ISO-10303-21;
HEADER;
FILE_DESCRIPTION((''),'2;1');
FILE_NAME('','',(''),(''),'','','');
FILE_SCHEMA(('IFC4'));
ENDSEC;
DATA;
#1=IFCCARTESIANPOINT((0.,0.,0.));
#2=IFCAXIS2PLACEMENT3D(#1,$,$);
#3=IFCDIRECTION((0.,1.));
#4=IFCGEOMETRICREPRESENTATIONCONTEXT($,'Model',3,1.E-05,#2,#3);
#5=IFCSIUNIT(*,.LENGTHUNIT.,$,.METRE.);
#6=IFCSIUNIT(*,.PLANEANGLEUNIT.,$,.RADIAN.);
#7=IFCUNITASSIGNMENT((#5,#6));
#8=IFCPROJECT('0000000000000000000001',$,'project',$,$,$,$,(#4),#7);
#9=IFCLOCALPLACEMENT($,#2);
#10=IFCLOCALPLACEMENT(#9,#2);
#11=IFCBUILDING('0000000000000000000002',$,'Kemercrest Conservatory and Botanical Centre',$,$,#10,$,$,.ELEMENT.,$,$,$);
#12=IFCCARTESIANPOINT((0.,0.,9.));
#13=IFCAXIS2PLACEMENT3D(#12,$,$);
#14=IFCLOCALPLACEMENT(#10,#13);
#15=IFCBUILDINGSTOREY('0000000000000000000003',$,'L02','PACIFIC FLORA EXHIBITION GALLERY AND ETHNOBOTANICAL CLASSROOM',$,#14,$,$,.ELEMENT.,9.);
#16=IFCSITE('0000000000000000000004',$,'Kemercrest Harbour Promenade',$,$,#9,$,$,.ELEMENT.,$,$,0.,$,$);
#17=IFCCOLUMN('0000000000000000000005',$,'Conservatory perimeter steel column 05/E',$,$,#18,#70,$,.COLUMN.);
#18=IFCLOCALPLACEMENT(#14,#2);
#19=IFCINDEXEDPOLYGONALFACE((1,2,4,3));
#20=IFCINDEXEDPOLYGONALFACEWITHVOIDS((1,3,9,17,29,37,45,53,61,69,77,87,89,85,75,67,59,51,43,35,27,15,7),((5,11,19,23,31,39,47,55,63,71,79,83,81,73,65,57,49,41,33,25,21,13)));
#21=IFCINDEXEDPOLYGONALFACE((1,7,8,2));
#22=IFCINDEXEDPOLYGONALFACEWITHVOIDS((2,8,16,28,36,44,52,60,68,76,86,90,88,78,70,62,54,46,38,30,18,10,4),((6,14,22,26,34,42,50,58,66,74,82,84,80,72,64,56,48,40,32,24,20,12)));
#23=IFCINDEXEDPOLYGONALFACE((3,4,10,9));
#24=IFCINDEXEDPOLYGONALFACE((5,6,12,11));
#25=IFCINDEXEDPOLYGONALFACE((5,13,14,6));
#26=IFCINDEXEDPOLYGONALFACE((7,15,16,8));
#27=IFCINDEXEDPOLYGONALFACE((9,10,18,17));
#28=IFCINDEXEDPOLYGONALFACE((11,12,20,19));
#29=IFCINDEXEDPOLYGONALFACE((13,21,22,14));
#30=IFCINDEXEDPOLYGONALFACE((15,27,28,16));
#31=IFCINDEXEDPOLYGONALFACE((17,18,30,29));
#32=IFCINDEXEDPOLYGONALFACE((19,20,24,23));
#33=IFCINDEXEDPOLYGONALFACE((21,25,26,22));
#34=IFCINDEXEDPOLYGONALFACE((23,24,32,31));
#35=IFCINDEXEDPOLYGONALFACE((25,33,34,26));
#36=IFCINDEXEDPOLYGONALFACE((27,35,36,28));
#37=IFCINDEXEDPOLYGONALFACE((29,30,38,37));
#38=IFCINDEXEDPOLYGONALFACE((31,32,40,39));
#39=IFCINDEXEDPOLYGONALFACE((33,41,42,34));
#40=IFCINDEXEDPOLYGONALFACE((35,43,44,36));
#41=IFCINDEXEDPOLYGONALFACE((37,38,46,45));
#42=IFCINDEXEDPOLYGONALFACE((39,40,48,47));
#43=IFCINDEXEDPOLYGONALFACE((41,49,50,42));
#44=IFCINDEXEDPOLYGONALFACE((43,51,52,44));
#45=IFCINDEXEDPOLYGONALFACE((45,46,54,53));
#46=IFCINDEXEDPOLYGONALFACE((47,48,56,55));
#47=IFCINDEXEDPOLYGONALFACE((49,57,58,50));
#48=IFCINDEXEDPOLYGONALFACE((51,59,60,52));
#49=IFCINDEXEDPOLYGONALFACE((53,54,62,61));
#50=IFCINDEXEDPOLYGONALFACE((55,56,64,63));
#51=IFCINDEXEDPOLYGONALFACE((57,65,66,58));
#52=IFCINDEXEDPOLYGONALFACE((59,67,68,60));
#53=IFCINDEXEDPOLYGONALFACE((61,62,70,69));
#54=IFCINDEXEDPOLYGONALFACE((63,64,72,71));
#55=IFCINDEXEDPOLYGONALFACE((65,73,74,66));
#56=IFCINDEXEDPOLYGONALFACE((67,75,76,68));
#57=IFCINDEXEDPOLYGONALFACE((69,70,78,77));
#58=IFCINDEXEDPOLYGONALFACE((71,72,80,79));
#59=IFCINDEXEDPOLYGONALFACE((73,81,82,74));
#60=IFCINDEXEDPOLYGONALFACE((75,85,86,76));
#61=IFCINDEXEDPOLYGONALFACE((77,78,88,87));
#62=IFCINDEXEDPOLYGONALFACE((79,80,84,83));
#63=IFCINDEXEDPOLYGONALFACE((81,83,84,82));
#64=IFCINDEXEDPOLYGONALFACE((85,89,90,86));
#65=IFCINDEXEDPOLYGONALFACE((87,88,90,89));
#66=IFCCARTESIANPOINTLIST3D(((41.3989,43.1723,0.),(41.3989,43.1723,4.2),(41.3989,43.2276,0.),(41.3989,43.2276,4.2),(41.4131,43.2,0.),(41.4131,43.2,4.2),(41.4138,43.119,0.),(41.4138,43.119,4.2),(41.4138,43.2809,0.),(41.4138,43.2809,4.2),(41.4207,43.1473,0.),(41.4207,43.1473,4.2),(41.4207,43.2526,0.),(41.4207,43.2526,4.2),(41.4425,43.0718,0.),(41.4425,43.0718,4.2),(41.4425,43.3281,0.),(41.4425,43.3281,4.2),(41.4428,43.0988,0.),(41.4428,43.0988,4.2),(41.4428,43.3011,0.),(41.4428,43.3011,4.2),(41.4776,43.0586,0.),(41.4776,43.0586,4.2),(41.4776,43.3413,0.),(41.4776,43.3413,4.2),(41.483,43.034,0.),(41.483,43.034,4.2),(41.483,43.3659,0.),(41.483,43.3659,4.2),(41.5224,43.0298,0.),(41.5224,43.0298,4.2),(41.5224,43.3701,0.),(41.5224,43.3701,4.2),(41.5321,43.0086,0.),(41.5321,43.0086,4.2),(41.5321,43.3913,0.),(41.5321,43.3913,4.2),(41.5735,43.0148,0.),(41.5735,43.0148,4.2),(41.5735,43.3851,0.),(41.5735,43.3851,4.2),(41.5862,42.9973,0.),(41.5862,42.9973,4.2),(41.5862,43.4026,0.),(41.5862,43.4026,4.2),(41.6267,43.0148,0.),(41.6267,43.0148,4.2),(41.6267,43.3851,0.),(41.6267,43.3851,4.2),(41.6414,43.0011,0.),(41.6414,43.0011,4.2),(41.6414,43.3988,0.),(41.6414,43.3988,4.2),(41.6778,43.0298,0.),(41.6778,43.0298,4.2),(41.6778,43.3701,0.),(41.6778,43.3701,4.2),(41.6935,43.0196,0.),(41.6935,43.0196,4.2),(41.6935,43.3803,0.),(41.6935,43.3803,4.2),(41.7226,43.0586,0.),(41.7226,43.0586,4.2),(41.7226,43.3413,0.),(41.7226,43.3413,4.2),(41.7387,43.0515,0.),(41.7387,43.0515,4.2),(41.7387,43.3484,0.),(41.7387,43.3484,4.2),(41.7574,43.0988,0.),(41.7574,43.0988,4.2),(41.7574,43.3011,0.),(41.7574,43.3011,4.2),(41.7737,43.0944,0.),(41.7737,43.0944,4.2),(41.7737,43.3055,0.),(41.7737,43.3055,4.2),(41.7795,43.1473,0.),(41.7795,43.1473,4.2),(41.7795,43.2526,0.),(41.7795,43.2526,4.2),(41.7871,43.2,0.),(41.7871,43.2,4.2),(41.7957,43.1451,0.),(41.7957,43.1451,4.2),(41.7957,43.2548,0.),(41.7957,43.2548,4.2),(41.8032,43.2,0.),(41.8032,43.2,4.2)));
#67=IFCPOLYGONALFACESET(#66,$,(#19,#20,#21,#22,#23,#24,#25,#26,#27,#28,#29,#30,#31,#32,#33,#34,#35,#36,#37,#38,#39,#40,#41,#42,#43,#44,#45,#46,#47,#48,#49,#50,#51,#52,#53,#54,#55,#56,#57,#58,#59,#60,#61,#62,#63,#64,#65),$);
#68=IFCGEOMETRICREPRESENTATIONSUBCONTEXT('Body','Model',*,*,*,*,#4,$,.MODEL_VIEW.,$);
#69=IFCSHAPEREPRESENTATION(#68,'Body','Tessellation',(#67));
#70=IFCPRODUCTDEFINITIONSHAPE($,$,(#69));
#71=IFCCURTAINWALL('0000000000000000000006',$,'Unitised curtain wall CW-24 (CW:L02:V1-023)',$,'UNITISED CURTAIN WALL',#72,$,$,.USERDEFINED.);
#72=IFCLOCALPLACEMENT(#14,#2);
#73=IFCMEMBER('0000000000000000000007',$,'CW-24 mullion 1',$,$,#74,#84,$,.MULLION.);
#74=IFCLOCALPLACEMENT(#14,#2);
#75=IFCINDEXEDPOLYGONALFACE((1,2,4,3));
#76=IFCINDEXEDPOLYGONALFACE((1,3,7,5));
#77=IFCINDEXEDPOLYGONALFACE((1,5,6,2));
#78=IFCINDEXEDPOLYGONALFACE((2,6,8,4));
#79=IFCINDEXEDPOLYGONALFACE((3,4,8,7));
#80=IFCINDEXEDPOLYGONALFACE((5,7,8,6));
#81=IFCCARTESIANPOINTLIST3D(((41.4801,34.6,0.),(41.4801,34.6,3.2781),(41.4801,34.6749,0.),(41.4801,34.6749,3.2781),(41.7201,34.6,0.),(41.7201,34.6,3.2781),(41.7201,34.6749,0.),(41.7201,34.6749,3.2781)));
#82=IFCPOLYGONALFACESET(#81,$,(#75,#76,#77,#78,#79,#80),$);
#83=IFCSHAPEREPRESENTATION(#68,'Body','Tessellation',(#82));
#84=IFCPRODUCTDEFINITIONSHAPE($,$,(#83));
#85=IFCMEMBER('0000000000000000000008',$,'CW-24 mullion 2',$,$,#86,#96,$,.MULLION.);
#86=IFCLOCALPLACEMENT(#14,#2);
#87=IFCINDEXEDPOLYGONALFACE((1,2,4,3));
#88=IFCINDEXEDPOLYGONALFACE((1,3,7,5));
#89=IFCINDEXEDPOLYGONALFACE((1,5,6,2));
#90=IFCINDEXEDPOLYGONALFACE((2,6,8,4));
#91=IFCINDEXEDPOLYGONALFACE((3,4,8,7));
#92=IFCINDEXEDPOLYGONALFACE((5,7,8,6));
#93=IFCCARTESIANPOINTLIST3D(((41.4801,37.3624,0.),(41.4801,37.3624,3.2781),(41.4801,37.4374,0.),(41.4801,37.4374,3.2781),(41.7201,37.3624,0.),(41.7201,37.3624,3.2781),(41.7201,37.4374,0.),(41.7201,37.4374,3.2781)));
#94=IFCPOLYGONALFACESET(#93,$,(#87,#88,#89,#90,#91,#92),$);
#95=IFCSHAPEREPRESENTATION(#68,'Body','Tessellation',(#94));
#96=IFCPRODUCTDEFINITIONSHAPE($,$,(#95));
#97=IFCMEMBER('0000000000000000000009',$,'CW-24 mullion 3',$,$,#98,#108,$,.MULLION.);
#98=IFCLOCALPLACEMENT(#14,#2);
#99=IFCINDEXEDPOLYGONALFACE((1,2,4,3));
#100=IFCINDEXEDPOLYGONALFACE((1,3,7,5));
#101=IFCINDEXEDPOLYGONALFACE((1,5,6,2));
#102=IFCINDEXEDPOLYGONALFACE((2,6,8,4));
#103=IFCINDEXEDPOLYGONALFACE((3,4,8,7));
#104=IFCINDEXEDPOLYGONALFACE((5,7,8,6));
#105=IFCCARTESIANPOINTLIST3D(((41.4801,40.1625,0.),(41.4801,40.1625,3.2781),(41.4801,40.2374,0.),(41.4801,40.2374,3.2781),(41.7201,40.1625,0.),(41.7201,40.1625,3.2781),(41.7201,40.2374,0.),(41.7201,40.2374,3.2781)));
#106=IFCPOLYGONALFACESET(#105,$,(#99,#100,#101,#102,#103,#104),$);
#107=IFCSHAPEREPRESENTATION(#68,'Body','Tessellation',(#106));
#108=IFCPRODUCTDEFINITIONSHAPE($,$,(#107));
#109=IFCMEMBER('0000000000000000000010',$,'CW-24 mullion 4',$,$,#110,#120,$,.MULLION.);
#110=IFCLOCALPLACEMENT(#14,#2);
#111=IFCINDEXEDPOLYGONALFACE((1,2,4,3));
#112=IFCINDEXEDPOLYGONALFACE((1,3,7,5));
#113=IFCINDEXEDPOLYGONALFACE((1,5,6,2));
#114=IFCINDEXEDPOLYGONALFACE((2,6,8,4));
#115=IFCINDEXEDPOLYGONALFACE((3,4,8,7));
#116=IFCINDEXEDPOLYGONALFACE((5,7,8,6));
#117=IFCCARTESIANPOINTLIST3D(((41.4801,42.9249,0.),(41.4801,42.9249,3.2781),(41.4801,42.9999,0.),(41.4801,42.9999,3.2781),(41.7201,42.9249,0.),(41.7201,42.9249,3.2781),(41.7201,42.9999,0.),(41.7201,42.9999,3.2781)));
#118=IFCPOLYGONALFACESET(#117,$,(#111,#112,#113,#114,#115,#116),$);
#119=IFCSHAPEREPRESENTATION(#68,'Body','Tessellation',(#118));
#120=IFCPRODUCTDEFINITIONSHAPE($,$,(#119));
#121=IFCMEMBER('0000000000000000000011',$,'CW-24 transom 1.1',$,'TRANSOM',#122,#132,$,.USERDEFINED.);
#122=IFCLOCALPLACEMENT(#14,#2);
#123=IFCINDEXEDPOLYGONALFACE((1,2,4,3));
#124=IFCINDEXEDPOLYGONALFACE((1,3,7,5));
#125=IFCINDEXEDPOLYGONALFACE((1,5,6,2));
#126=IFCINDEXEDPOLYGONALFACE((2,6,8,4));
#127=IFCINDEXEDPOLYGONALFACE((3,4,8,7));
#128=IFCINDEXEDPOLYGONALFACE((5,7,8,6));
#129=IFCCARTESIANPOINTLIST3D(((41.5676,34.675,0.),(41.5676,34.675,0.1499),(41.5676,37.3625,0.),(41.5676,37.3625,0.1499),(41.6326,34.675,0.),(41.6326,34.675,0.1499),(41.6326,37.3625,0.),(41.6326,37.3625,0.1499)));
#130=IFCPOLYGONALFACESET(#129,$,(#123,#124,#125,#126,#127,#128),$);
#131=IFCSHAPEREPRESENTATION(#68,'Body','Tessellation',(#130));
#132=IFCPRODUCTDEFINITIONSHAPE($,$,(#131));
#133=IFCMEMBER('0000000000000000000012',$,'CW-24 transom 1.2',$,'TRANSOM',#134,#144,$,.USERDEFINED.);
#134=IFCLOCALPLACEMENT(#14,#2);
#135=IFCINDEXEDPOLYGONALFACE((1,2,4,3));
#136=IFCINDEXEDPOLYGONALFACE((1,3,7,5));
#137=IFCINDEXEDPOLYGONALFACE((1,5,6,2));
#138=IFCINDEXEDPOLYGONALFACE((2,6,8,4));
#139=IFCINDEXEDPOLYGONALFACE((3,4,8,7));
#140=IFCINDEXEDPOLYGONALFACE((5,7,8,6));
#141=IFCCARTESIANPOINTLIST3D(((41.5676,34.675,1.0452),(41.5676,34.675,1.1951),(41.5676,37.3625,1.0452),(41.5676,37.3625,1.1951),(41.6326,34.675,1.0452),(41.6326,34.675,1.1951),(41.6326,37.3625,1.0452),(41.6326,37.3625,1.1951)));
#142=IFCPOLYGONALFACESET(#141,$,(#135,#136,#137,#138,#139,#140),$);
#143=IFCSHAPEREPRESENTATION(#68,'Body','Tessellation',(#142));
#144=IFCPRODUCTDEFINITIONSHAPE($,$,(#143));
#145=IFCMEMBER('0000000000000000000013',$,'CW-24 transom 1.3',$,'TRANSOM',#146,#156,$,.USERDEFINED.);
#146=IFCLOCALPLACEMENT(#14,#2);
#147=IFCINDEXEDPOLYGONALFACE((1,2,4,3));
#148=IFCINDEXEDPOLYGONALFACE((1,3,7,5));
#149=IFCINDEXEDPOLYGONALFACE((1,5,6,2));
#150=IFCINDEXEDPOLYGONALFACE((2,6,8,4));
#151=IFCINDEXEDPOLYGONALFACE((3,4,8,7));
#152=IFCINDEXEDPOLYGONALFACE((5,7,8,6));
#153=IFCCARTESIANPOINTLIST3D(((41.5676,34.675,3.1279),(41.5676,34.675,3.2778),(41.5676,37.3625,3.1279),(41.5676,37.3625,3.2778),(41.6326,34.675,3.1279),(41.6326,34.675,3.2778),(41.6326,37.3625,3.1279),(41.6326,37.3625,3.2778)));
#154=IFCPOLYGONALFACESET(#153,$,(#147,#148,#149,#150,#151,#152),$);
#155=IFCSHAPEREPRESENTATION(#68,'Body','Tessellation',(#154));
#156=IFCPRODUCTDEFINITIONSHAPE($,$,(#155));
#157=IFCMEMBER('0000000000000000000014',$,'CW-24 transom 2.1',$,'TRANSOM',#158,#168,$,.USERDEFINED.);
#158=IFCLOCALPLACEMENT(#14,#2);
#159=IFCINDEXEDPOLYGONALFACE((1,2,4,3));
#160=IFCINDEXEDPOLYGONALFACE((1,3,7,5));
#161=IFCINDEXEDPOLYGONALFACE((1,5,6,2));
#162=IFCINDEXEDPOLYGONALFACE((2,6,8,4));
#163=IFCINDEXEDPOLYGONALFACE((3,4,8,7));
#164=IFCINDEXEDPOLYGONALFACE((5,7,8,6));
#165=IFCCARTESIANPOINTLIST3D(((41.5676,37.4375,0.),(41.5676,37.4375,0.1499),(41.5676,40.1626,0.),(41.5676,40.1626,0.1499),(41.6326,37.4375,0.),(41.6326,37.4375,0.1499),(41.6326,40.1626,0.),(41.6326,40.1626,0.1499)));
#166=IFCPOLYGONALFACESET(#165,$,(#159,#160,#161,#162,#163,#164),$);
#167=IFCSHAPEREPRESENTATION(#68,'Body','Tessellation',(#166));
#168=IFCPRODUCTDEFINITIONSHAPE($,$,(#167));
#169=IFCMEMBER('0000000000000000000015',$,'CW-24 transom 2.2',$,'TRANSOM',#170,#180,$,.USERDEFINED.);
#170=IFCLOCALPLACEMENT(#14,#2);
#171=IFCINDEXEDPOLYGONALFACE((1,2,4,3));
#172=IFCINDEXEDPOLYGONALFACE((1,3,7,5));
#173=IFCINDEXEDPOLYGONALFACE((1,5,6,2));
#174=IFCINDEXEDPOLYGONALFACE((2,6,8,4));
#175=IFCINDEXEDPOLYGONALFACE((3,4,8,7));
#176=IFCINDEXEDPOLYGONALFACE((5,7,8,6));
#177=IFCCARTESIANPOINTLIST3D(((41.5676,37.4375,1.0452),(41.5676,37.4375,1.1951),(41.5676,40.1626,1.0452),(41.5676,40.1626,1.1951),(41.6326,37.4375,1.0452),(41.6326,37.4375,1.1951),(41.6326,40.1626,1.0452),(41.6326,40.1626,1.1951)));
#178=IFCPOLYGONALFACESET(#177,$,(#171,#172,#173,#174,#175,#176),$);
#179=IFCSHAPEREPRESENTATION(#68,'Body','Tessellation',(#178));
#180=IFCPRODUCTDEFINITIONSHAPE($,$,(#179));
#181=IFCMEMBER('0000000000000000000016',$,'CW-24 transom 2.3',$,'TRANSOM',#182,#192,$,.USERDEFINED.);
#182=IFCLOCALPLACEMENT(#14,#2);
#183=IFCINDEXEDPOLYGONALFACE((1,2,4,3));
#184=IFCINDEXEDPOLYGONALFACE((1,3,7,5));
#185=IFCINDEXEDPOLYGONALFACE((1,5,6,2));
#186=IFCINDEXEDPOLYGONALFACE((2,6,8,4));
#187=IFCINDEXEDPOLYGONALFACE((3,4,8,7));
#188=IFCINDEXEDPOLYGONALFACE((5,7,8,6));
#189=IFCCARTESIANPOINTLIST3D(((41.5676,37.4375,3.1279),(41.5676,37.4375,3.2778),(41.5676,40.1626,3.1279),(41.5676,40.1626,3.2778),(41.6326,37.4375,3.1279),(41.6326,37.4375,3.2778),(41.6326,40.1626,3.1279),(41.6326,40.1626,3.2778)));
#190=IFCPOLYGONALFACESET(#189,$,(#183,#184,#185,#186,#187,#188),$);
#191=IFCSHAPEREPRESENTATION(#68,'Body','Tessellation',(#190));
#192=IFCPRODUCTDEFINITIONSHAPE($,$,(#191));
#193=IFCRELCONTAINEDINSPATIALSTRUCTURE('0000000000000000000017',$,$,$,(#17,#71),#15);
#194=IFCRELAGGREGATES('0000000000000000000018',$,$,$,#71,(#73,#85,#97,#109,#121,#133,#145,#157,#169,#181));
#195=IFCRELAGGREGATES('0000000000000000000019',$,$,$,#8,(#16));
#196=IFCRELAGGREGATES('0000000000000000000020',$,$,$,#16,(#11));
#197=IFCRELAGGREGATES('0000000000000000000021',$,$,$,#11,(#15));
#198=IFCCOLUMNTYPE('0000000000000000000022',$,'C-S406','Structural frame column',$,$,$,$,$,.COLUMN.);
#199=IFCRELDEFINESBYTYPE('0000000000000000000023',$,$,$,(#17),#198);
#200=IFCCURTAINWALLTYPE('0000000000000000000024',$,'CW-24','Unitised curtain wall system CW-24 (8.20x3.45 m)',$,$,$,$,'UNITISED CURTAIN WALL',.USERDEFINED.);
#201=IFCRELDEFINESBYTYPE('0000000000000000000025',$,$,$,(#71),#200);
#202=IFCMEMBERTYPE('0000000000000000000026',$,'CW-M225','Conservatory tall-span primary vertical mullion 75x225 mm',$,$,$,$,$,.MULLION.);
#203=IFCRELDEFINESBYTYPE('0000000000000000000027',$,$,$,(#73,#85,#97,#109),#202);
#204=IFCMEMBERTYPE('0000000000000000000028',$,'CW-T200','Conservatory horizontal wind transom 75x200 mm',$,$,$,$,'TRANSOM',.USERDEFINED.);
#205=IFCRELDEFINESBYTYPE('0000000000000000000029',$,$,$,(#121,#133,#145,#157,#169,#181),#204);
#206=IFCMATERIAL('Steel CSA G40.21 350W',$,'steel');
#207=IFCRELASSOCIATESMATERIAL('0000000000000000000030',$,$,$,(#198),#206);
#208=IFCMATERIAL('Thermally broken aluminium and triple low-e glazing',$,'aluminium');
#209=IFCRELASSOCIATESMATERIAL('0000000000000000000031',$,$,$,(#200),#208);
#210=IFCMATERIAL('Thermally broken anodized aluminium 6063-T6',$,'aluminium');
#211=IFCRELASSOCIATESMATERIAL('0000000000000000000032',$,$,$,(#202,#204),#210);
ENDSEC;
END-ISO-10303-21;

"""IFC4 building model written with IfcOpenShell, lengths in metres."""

from ifc_helpers import new_model, si_unit, direction, frame, origin, origin_2d, place, context, subcontext, project, spatial, rectangle, hollow_circle, extrude, material, material_profile, profile_set, type_object, element, aggregate, save


model = new_model("IFC4")

# Units and contexts
model_context = context("Model", 3, precision=1e-05, world=origin(), true_north=direction((0.0, 1.0)))
body_context = subcontext(model_context, "Body", "Model", "MODEL_VIEW")
ifc_project = project(units=[si_unit("LENGTHUNIT", "METRE"), si_unit("PLANEANGLEUNIT", "RADIAN")], contexts=[model_context])

# Site, building, storey
site_placement = place(None, origin())
site = spatial("IfcSite", under=ifc_project, at=site_placement, Name="Kemercrest Harbour Promenade", CompositionType="ELEMENT", RefElevation=0.0)
building_placement = place(site_placement, origin())
building = spatial("IfcBuilding", under=site, at=building_placement, Name="Kemercrest Conservatory and Botanical Centre", CompositionType="ELEMENT")
storey_placement = place(building_placement, frame((0.0, 0.0, 9.0)))
storey = spatial("IfcBuildingStorey", under=building, at=storey_placement, Name="L02", Description="PACIFIC FLORA EXHIBITION GALLERY AND ETHNOBOTANICAL CLASSROOM", CompositionType="ELEMENT", Elevation=9.0)

# Column
ifc_material_1 = material(Name="Steel CSA G40.21 350W", Category="steel")
ifc_material_profile_1 = material_profile(ifc_material_1, hollow_circle(Radius=0.2031, WallThickness=0.0161, at=origin_2d()), Name="CHS 406.4x16.0")
ifc_profile_set_1 = profile_set([ifc_material_profile_1], Name="Steel CSA G40.21 350W")
column_type = type_object("IfcColumnType", Name="C-S406", Description="Structural frame column", PredefinedType="COLUMN", material=ifc_profile_set_1)
column_placement = place(storey_placement, frame((41.6001, 43.2, 0.0), z_axis=(0.0, 0.0, 1.0), x_axis=(1.0, 0.0, 0.0)))
element("IfcColumn", 1, at=column_placement, inside=storey, type_object=column_type, Name="Conservatory perimeter steel column 05/E", PredefinedType="COLUMN", context=body_context, shape_type="SweptSolid", body=[
    extrude(hollow_circle(Radius=0.2031, WallThickness=0.0161, at=origin_2d()), origin(), (0.0, 0.0, 1.0), 4.2),
])

# Curtain wall, members
ifc_material_2 = material(Name="Thermally broken aluminium and triple low-e glazing", Category="aluminium")
curtain_wall_type = type_object("IfcCurtainWallType", Name="CW-24", Description="Unitised curtain wall system CW-24 (8.20x3.45 m)", ElementType="UNITISED CURTAIN WALL", PredefinedType="USERDEFINED", material=ifc_material_2)
curtain_wall_placement = place(storey_placement, origin())
curtain_wall = element("IfcCurtainWall", 2, at=curtain_wall_placement, inside=storey, type_object=curtain_wall_type, Name="Unitised curtain wall CW-24 (CW:L02:V1-023)", ObjectType="UNITISED CURTAIN WALL", PredefinedType="USERDEFINED")
ifc_material_3 = material(Name="Thermally broken anodized aluminium 6063-T6", Category="aluminium")
ifc_material_profile_2 = material_profile(ifc_material_3, rectangle(XDim=0.24, YDim=0.075, at=origin_2d()), Name="AL MULLION 75x240")
ifc_profile_set_2 = profile_set([ifc_material_profile_2], Name="Thermally broken anodized aluminium 6063-T6")
member_type_1 = type_object("IfcMemberType", Name="CW-M225", Description="Conservatory tall-span primary vertical mullion 75x225 mm", PredefinedType="MULLION", material=ifc_profile_set_2)
member_1_placement = place(storey_placement, frame((41.6001, 34.6375, 0.0), z_axis=(0.0, 0.0, 1.0), x_axis=(-1.0, 0.0, 0.0)))
member_1 = element("IfcMember", 3, at=member_1_placement, type_object=member_type_1, Name="CW-24 mullion 1", PredefinedType="MULLION", context=body_context, shape_type="SweptSolid", body=[
    extrude(rectangle(XDim=0.24, YDim=0.075, at=origin_2d()), origin(), (0.0, 0.0, 1.0), 3.2781),
])
member_2_placement = place(storey_placement, frame((41.6001, 37.3999, 0.0), z_axis=(0.0, 0.0, 1.0), x_axis=(-1.0, 0.0, 0.0)))
member_2 = element("IfcMember", 4, at=member_2_placement, type_object=member_type_1, Name="CW-24 mullion 2", PredefinedType="MULLION", context=body_context, shape_type="SweptSolid", body=[
    extrude(rectangle(XDim=0.24, YDim=0.075, at=origin_2d()), origin(), (0.0, 0.0, 1.0), 3.2781),
])
member_3_placement = place(storey_placement, frame((41.6001, 40.2, 0.0), z_axis=(0.0, 0.0, 1.0), x_axis=(-1.0, 0.0, 0.0)))
member_3 = element("IfcMember", 5, at=member_3_placement, type_object=member_type_1, Name="CW-24 mullion 3", PredefinedType="MULLION", context=body_context, shape_type="SweptSolid", body=[
    extrude(rectangle(XDim=0.24, YDim=0.075, at=origin_2d()), origin(), (0.0, 0.0, 1.0), 3.2781),
])
member_4_placement = place(storey_placement, frame((41.6001, 42.9624, 0.0), z_axis=(0.0, 0.0, 1.0), x_axis=(-1.0, 0.0, 0.0)))
member_4 = element("IfcMember", 6, at=member_4_placement, type_object=member_type_1, Name="CW-24 mullion 4", PredefinedType="MULLION", context=body_context, shape_type="SweptSolid", body=[
    extrude(rectangle(XDim=0.24, YDim=0.075, at=origin_2d()), origin(), (0.0, 0.0, 1.0), 3.2781),
])
ifc_material_profile_3 = material_profile(ifc_material_3, rectangle(XDim=0.0649, YDim=0.1499, at=origin_2d()), Name="AL TRANSOM 65x150")
ifc_profile_set_3 = profile_set([ifc_material_profile_3], Name="Thermally broken anodized aluminium 6063-T6")
member_type_2 = type_object("IfcMemberType", Name="CW-T200", Description="Conservatory horizontal wind transom 75x200 mm", ElementType="TRANSOM", PredefinedType="USERDEFINED", material=ifc_profile_set_3)
member_5_placement = place(storey_placement, frame((41.6001, 34.675, 0.075), z_axis=(0.0, 1.0, 0.0), x_axis=(-1.0, 0.0, 0.0)))
member_5 = element("IfcMember", 7, at=member_5_placement, type_object=member_type_2, Name="CW-24 transom 1.1", ObjectType="TRANSOM", PredefinedType="USERDEFINED", context=body_context, shape_type="SweptSolid", body=[
    extrude(rectangle(XDim=0.0649, YDim=0.1499, at=origin_2d()), origin(), (0.0, 0.0, 1.0), 2.6875),
])
member_6_placement = place(storey_placement, frame((41.6001, 34.675, 1.1201), z_axis=(0.0, 1.0, 0.0), x_axis=(-1.0, 0.0, 0.0)))
member_6 = element("IfcMember", 8, at=member_6_placement, type_object=member_type_2, Name="CW-24 transom 1.2", ObjectType="TRANSOM", PredefinedType="USERDEFINED", context=body_context, shape_type="SweptSolid", body=[
    extrude(rectangle(XDim=0.0649, YDim=0.1499, at=origin_2d()), origin(), (0.0, 0.0, 1.0), 2.6875),
])
member_7_placement = place(storey_placement, frame((41.6001, 34.675, 3.2029), z_axis=(0.0, 1.0, 0.0), x_axis=(-1.0, 0.0, 0.0)))
member_7 = element("IfcMember", 9, at=member_7_placement, type_object=member_type_2, Name="CW-24 transom 1.3", ObjectType="TRANSOM", PredefinedType="USERDEFINED", context=body_context, shape_type="SweptSolid", body=[
    extrude(rectangle(XDim=0.0649, YDim=0.1499, at=origin_2d()), origin(), (0.0, 0.0, 1.0), 2.6875),
])
member_8_placement = place(storey_placement, frame((41.6001, 37.4375, 0.075), z_axis=(0.0, 1.0, 0.0), x_axis=(-1.0, 0.0, 0.0)))
member_8 = element("IfcMember", 10, at=member_8_placement, type_object=member_type_2, Name="CW-24 transom 2.1", ObjectType="TRANSOM", PredefinedType="USERDEFINED", context=body_context, shape_type="SweptSolid", body=[
    extrude(rectangle(XDim=0.0649, YDim=0.1499, at=origin_2d()), origin(), (0.0, 0.0, 1.0), 2.7251),
])
member_9_placement = place(storey_placement, frame((41.6001, 37.4375, 1.1201), z_axis=(0.0, 1.0, 0.0), x_axis=(-1.0, 0.0, 0.0)))
member_9 = element("IfcMember", 11, at=member_9_placement, type_object=member_type_2, Name="CW-24 transom 2.2", ObjectType="TRANSOM", PredefinedType="USERDEFINED", context=body_context, shape_type="SweptSolid", body=[
    extrude(rectangle(XDim=0.0649, YDim=0.1499, at=origin_2d()), origin(), (0.0, 0.0, 1.0), 2.7251),
])
member_10_placement = place(storey_placement, frame((41.6001, 37.4375, 3.2029), z_axis=(0.0, 1.0, 0.0), x_axis=(-1.0, 0.0, 0.0)))
member_10 = element("IfcMember", 12, at=member_10_placement, type_object=member_type_2, Name="CW-24 transom 2.3", ObjectType="TRANSOM", PredefinedType="USERDEFINED", context=body_context, shape_type="SweptSolid", body=[
    extrude(rectangle(XDim=0.0649, YDim=0.1499, at=origin_2d()), origin(), (0.0, 0.0, 1.0), 2.7251),
])
aggregate(curtain_wall, [member_1, member_2, member_3, member_4, member_5, member_6, member_7, member_8, member_9, member_10])

save(model, "model.ifc")
